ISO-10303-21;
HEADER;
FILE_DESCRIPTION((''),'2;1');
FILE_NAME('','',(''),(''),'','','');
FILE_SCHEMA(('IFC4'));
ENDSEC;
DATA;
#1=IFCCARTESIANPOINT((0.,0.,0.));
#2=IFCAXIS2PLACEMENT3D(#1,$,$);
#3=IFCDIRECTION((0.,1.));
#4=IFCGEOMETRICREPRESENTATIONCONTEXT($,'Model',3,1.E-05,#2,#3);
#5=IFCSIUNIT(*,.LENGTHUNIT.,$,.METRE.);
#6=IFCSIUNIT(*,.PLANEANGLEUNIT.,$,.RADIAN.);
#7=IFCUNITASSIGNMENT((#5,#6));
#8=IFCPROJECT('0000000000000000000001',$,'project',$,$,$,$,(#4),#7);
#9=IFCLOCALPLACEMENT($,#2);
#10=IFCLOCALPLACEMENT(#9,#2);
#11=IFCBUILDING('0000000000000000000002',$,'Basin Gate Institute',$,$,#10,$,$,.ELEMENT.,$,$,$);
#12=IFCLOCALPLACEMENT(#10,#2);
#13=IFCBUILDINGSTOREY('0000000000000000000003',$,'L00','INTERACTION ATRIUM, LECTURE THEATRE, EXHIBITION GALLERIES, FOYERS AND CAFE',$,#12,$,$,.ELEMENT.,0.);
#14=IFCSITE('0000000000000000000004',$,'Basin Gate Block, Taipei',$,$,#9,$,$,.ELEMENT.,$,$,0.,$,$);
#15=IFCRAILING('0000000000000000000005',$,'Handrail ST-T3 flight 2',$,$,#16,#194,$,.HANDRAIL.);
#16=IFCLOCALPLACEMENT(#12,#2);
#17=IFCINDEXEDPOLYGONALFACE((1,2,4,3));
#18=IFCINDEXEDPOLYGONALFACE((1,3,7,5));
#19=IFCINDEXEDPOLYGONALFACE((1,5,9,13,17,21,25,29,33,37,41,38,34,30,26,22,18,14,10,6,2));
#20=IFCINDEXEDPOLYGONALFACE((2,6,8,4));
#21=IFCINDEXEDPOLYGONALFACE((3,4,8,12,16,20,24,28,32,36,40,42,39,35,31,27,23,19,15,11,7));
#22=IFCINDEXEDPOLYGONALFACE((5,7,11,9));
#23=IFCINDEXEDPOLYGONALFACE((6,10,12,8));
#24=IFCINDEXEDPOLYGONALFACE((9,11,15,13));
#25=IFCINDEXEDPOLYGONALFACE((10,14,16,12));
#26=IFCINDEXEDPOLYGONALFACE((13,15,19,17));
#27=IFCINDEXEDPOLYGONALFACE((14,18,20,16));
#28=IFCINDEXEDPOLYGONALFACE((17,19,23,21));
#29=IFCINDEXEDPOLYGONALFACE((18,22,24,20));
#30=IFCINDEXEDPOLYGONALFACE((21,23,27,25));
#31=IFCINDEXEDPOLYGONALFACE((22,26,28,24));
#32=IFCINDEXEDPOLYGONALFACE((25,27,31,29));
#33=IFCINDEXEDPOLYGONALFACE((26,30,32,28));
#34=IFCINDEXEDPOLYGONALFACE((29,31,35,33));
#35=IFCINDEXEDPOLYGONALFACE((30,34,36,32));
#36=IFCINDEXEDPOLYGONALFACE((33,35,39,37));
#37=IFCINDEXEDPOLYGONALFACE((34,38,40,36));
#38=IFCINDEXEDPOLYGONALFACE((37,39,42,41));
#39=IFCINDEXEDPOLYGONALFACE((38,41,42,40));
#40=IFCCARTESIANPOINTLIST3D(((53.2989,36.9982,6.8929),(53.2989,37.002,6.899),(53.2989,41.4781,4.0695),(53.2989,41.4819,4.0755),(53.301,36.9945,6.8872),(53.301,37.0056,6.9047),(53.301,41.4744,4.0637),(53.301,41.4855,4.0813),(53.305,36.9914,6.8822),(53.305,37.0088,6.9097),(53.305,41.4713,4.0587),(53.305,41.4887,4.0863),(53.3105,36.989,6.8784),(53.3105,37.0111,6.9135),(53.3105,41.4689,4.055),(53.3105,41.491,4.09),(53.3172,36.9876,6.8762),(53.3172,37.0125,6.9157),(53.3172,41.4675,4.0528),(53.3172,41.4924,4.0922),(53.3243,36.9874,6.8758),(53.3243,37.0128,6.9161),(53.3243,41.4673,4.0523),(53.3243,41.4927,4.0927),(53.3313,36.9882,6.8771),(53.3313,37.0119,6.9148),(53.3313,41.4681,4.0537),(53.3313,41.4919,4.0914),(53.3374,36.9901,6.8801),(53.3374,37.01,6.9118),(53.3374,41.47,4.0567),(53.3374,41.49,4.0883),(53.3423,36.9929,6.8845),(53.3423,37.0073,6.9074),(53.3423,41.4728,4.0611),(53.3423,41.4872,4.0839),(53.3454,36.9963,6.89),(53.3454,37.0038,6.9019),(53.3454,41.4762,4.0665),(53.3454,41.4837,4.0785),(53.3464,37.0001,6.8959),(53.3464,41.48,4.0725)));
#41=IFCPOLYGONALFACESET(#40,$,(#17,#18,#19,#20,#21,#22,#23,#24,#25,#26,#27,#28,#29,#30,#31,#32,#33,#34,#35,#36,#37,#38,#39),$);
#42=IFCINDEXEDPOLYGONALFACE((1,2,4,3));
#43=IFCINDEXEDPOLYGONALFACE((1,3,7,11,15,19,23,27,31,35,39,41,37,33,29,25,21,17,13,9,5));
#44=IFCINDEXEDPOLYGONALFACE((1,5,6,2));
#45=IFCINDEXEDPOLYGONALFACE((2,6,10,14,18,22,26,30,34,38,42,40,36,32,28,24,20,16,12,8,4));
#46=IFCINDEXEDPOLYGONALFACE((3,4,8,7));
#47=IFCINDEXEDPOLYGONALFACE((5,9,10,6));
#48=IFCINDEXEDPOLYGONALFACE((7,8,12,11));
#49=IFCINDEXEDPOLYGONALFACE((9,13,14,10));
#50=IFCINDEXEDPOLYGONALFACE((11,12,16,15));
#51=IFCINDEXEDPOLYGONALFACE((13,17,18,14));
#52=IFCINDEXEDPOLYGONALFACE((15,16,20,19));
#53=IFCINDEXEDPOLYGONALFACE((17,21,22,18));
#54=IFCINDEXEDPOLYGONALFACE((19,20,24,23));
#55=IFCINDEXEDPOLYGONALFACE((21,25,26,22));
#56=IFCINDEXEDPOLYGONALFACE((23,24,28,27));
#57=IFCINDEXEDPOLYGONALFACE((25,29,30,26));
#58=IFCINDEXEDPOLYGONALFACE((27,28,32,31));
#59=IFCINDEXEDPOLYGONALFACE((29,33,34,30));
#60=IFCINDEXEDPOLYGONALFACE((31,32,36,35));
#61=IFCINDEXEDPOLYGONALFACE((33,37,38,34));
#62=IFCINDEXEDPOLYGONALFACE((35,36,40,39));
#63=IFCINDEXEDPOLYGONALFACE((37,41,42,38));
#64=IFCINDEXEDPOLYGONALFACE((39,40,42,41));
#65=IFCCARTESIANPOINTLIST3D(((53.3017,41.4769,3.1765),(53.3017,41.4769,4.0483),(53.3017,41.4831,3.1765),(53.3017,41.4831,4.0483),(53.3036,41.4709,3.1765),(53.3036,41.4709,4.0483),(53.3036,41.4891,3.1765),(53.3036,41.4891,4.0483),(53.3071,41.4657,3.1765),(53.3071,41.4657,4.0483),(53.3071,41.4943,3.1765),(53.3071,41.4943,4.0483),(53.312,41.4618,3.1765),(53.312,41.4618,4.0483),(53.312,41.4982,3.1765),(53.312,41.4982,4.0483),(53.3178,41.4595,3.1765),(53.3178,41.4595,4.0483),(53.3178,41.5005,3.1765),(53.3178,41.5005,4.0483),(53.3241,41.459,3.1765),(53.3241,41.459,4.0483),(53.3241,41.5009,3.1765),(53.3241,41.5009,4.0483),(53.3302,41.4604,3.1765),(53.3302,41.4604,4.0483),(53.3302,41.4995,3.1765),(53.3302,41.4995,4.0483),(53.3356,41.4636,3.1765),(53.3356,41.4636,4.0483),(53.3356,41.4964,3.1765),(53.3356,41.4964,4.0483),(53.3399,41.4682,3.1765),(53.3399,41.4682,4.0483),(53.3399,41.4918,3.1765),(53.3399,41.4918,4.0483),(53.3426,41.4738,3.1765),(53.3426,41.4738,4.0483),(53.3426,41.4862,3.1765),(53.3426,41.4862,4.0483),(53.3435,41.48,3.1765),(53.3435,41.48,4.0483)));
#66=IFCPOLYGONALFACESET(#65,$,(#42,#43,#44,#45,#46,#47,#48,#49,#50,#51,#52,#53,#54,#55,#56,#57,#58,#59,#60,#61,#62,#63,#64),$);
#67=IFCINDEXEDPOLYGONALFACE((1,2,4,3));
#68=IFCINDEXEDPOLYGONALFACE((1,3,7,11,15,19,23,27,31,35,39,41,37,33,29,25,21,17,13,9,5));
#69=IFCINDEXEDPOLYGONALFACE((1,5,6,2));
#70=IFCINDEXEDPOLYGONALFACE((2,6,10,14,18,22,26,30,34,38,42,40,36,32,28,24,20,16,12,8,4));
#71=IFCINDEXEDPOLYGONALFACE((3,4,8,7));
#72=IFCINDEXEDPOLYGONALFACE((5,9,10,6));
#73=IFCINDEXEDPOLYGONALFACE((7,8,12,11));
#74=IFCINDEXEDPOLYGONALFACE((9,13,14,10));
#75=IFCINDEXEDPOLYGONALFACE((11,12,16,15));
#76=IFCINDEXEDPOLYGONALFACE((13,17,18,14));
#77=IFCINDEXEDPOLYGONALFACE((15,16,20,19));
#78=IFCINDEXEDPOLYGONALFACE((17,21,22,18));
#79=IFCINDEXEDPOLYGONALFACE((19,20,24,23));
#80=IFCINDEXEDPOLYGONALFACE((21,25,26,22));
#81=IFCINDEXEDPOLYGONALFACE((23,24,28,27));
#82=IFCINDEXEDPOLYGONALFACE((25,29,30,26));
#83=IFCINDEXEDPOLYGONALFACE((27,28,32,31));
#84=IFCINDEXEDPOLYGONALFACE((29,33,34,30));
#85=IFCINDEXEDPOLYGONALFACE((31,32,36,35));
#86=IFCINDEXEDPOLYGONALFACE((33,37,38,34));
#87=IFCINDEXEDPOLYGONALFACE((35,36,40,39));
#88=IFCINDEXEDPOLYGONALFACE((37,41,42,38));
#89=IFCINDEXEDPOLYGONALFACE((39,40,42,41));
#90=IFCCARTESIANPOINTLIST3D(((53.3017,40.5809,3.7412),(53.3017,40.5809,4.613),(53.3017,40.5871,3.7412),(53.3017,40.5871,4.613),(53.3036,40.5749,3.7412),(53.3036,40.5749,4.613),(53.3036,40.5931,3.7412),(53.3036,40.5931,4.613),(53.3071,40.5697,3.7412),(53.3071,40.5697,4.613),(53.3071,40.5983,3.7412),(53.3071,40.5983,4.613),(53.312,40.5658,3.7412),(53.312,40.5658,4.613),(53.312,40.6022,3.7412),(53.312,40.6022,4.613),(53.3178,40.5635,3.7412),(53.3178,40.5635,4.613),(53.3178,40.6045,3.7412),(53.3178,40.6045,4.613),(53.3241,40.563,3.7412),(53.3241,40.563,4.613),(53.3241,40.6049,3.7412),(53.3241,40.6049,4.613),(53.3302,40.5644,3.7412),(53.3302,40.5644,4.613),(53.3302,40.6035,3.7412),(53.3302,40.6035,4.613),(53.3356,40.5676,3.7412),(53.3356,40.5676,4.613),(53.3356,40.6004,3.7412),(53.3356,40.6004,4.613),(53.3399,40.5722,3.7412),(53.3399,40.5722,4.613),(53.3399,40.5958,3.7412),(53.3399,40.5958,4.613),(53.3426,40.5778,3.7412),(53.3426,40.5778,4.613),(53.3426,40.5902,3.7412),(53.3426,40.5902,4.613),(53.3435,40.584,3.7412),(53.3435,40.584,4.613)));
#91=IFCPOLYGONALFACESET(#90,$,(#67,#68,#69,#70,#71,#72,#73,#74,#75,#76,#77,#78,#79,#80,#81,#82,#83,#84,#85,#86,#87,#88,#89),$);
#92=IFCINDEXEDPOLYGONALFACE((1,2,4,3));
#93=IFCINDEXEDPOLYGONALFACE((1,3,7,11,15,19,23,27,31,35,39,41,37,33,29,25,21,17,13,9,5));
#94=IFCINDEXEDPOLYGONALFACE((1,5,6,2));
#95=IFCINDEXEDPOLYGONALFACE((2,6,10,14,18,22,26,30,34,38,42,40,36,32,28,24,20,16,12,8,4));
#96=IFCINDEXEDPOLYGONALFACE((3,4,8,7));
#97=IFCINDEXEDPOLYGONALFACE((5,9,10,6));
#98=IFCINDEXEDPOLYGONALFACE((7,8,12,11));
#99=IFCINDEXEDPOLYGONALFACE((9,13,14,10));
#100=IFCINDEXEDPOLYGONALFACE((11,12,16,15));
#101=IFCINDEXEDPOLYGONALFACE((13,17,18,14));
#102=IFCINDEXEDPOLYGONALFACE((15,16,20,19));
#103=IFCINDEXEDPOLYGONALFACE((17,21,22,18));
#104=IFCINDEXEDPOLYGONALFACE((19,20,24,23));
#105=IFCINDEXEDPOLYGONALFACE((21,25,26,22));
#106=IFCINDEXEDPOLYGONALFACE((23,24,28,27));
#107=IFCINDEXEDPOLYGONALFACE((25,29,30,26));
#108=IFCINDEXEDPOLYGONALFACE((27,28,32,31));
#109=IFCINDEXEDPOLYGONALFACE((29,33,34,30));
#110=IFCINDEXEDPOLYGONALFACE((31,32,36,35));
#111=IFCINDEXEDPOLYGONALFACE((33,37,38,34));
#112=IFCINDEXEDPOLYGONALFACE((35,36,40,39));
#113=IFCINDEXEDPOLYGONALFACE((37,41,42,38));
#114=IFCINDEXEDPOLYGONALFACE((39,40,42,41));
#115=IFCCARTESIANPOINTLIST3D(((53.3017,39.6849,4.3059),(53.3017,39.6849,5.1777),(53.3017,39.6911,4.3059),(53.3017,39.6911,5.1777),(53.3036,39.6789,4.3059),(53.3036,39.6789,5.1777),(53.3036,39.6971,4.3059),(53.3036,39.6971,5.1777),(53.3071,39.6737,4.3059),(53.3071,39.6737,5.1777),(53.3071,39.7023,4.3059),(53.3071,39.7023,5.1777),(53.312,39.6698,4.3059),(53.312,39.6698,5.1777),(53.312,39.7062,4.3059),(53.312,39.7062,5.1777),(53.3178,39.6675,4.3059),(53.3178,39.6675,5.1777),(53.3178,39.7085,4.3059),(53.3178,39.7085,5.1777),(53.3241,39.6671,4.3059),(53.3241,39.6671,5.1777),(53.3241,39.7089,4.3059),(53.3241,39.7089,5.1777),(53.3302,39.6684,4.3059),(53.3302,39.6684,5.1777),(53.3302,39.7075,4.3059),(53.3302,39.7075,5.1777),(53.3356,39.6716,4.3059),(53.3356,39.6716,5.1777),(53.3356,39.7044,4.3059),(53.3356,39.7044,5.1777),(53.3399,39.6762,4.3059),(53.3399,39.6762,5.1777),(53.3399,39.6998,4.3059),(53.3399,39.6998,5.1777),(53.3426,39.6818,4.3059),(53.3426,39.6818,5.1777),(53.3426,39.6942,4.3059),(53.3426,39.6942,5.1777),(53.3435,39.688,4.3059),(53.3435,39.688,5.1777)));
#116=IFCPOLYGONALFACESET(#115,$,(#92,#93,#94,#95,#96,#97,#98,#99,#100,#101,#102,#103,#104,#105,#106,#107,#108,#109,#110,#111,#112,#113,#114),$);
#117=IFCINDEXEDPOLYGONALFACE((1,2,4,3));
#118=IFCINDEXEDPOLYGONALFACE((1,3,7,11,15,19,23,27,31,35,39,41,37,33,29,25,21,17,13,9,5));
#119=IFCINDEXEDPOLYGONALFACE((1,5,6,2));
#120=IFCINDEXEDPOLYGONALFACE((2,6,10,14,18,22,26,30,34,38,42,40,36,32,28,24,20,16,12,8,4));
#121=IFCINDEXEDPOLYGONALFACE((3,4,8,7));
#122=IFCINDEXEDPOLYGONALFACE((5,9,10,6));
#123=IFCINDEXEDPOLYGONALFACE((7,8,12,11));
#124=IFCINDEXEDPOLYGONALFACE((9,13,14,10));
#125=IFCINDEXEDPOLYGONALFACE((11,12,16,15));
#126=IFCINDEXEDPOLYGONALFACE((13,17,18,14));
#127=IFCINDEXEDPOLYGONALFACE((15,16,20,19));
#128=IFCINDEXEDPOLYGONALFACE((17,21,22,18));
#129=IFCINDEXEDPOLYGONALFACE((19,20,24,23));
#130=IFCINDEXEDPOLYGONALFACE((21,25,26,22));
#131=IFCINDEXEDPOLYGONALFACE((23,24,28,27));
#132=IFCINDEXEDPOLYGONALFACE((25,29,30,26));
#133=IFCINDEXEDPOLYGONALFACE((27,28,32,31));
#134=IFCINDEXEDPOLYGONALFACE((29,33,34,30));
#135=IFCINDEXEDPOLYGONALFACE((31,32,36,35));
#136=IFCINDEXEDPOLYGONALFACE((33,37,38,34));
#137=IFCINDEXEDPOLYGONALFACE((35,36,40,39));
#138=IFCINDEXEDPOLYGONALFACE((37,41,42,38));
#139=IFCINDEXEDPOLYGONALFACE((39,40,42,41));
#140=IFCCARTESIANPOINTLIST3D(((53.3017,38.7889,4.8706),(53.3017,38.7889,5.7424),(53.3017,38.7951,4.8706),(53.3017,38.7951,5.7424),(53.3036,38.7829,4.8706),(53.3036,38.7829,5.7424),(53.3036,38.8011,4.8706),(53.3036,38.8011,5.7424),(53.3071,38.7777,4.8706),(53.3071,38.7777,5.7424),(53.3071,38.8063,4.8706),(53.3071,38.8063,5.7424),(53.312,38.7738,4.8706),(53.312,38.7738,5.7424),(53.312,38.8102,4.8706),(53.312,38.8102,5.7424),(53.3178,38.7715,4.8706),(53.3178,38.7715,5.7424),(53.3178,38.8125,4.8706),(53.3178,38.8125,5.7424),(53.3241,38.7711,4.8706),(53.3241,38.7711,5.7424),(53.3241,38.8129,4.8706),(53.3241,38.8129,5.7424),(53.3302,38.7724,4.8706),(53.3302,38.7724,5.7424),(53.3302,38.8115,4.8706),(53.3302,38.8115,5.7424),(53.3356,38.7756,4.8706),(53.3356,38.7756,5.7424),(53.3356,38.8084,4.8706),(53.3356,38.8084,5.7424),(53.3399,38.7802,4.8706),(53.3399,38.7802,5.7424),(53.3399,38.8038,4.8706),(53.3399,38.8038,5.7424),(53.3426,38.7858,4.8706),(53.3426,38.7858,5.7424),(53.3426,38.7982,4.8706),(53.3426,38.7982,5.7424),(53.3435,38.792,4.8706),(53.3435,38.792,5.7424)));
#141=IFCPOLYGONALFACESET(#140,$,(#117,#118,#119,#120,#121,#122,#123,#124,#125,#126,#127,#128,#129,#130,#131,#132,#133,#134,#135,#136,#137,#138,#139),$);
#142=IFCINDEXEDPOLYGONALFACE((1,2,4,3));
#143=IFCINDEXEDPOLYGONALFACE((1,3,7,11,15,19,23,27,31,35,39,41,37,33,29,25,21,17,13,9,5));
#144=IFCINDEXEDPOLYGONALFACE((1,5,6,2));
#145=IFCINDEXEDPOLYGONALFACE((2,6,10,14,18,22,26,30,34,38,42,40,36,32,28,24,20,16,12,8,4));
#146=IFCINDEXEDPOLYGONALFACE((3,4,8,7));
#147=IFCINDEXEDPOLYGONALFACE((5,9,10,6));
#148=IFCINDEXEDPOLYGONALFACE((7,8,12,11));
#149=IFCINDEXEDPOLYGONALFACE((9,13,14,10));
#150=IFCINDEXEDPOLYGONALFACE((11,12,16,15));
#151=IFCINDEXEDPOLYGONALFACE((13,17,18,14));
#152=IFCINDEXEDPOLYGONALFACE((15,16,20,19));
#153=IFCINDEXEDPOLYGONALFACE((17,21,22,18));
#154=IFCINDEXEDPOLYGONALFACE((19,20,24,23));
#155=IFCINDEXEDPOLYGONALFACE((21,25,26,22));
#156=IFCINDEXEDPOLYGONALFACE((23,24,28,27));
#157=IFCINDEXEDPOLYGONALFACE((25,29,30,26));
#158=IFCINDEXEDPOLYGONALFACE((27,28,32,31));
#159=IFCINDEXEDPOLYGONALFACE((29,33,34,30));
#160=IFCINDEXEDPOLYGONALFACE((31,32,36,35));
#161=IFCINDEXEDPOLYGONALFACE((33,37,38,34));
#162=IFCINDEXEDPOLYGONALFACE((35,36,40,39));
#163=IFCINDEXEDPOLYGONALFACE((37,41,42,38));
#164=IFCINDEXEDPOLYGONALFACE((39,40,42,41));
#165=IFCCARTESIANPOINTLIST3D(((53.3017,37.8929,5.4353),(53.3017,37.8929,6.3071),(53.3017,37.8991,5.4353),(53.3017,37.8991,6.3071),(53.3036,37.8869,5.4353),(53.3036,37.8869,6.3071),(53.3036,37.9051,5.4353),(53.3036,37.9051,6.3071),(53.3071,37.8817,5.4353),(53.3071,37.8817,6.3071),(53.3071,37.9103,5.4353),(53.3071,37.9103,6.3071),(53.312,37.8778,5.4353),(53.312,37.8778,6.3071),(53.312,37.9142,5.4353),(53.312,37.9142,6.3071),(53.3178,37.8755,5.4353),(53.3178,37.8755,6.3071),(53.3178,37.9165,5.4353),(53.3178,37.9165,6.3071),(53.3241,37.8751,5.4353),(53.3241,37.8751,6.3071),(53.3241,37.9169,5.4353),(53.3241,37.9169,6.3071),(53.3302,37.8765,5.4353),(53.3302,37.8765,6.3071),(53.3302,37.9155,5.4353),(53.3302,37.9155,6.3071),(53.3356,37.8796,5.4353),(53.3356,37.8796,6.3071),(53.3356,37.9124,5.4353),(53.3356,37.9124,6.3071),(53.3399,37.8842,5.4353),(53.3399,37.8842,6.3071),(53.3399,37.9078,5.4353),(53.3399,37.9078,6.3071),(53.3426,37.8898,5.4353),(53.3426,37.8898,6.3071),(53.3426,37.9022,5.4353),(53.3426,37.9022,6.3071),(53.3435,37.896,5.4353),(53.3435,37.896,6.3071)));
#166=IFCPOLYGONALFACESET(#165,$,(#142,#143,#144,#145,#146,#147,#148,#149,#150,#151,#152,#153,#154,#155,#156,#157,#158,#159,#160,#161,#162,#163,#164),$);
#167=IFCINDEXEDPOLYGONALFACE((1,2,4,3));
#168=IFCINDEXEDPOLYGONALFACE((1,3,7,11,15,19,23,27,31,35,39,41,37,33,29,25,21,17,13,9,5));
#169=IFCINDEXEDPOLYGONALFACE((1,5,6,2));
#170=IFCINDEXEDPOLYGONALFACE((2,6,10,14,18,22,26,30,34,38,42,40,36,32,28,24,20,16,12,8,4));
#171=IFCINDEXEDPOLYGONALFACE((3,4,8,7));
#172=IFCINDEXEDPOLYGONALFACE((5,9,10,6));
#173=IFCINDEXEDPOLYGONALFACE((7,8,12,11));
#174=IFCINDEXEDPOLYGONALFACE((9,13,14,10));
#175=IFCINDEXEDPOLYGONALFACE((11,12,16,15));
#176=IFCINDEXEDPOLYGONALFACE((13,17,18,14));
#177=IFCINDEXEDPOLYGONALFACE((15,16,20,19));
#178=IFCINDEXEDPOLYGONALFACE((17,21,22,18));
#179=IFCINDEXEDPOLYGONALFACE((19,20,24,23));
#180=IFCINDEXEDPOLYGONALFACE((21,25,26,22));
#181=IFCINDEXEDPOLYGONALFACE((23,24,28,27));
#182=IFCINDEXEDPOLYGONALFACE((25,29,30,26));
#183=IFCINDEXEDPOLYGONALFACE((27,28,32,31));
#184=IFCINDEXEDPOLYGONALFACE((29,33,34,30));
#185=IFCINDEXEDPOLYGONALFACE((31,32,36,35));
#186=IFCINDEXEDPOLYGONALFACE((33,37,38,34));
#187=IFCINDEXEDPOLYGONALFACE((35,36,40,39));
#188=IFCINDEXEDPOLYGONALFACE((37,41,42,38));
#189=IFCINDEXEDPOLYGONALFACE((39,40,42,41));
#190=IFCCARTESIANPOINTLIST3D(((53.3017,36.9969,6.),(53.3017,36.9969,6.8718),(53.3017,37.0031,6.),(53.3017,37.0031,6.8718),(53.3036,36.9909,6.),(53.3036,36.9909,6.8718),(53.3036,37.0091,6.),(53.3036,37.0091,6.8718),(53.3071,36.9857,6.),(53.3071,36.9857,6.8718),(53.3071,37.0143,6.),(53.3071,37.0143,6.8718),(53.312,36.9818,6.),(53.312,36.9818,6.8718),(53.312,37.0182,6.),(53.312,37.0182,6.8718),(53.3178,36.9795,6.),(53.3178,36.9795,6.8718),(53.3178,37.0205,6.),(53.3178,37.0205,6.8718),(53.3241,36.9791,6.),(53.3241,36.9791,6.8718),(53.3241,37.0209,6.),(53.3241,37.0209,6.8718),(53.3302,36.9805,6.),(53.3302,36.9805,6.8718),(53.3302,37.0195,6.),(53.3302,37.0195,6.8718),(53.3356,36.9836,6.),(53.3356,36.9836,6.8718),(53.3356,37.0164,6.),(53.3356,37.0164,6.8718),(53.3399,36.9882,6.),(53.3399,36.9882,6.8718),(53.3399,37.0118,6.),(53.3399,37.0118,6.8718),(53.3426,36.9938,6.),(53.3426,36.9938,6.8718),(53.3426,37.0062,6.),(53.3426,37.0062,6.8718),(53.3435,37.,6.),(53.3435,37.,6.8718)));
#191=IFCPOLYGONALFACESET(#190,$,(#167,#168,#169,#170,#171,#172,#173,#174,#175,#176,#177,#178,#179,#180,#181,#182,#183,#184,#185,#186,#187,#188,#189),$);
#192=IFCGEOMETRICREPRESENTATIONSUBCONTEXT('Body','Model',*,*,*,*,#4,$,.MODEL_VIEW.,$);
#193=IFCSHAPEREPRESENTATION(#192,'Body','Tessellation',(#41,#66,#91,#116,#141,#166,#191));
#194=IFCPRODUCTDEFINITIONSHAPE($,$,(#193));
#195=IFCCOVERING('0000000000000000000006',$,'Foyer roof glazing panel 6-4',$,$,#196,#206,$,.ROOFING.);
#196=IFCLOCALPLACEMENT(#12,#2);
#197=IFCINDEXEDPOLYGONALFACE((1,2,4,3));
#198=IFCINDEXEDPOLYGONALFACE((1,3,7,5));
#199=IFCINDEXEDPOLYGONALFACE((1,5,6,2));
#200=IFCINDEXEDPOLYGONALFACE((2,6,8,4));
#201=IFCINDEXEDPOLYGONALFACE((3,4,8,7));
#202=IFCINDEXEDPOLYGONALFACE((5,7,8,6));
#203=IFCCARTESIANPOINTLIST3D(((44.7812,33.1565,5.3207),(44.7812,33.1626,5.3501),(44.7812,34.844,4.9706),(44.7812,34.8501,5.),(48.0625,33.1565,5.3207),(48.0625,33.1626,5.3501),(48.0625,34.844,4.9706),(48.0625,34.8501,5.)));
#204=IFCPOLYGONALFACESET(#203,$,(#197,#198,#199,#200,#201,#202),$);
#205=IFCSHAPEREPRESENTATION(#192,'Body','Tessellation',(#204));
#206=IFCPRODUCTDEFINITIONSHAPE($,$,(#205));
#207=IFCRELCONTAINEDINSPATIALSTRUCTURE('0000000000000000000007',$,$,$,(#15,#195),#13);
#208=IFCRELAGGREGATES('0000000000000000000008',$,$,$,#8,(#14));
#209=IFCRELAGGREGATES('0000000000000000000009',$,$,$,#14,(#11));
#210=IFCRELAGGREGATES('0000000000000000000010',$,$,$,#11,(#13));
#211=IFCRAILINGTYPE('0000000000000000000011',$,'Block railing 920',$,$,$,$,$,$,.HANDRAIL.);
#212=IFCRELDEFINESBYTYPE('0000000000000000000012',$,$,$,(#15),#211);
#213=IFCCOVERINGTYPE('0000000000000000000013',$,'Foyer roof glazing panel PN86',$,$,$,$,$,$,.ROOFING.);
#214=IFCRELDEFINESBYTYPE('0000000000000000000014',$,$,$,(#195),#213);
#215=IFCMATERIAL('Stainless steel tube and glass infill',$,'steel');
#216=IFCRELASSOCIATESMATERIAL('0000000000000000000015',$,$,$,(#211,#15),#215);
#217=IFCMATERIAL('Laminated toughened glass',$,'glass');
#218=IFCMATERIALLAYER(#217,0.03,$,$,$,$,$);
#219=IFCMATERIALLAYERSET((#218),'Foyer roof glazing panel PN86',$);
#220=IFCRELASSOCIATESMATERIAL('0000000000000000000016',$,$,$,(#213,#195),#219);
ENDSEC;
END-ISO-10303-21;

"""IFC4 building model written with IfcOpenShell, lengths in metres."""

from ifc_helpers import new_model, si_unit, direction, frame, origin, origin_2d, place, context, subcontext, project, spatial, polyline, circle, outline, extrude, material, layer, layer_set, type_object, element, save


model = new_model("IFC4")

# Units and contexts
model_context = context("Model", 3, precision=1e-05, world=origin(), true_north=direction((0.0, 1.0)))
body_context = subcontext(model_context, "Body", "Model", "MODEL_VIEW")
ifc_project = project(units=[si_unit("LENGTHUNIT", "METRE"), si_unit("PLANEANGLEUNIT", "RADIAN")], contexts=[model_context])

# Site, building, storey
site_placement = place(None, origin())
site = spatial("IfcSite", under=ifc_project, at=site_placement, Name="Basin Gate Block, Taipei", CompositionType="ELEMENT", RefElevation=0.0)
building_placement = place(site_placement, origin())
building = spatial("IfcBuilding", under=site, at=building_placement, Name="Basin Gate Institute", CompositionType="ELEMENT")
storey_placement = place(building_placement, origin())
storey = spatial("IfcBuildingStorey", under=building, at=storey_placement, Name="L00", Description="INTERACTION ATRIUM, LECTURE THEATRE, EXHIBITION GALLERIES, FOYERS AND CAFE", CompositionType="ELEMENT", Elevation=0.0)

# Railing
ifc_material_1 = material(Name="Stainless steel tube and glass infill", Category="steel")
railing_type_1 = type_object("IfcRailingType", Name="Block railing 920", PredefinedType="HANDRAIL", material=ifc_material_1)
railing_1_placement = place(storey_placement, frame((53.3225, 41.48, 3.1765)))
element("IfcRailing", 1, at=railing_1_placement, inside=storey, type_object=railing_type_1, material=ifc_material_1, Name="Handrail ST-T3 flight 2", PredefinedType="HANDRAIL", context=body_context, shape_type="SweptSolid", body=[
    extrude(circle(Radius=0.0239, at=origin_2d()), frame((0.0, 0.0, 0.896), z_axis=(0.0, -0.845998, 0.533186), x_axis=(1.0, 0.0, 0.0)), (0.0, 0.0, 1.0), 5.2954),
    extrude(circle(Radius=0.021, at=origin_2d()), origin(), (0.0, 0.0, 1.0), 0.8718),
    extrude(circle(Radius=0.021, at=origin_2d()), frame((0.0, -0.896, 0.5647)), (0.0, 0.0, 1.0), 0.8718),
    extrude(circle(Radius=0.021, at=origin_2d()), frame((0.0, -1.792, 1.1294)), (0.0, 0.0, 1.0), 0.8718),
    extrude(circle(Radius=0.021, at=origin_2d()), frame((0.0, -2.688, 1.6941)), (0.0, 0.0, 1.0), 0.8718),
    extrude(circle(Radius=0.021, at=origin_2d()), frame((0.0, -3.584, 2.2588)), (0.0, 0.0, 1.0), 0.8718),
    extrude(circle(Radius=0.021, at=origin_2d()), frame((0.0, -4.48, 2.8235)), (0.0, 0.0, 1.0), 0.8718),
])

# Covering
ifc_material_2 = material(Name="Laminated toughened glass", Category="glass")
ifc_layer_1 = layer(ifc_material_2, 0.03)
ifc_layer_set_1 = layer_set([ifc_layer_1], Name="Foyer roof glazing panel PN86")
covering_type = type_object("IfcCoveringType", Name="Foyer roof glazing panel PN86", PredefinedType="ROOFING", material=ifc_layer_set_1)
covering_1_placement = place(storey_placement, frame((44.7812, 33.1626, 5.3501), z_axis=(0.0, 0.20314, 0.97915), x_axis=(1.0, 0.0, 0.0)))
element("IfcCovering", 2, at=covering_1_placement, inside=storey, type_object=covering_type, material=ifc_layer_set_1, Name="Foyer roof glazing panel 6-4", PredefinedType="ROOFING", context=body_context, shape_type="SweptSolid", body=[
    extrude(outline(polyline([(0.0, 0.0), (3.2812, 0.0), (3.2812, 1.7234), (0.0, 1.7234), (0.0, 0.0)])), origin(), (0.0, 0.0, -1.0), 0.03),
])

save(model, "model.ifc")
